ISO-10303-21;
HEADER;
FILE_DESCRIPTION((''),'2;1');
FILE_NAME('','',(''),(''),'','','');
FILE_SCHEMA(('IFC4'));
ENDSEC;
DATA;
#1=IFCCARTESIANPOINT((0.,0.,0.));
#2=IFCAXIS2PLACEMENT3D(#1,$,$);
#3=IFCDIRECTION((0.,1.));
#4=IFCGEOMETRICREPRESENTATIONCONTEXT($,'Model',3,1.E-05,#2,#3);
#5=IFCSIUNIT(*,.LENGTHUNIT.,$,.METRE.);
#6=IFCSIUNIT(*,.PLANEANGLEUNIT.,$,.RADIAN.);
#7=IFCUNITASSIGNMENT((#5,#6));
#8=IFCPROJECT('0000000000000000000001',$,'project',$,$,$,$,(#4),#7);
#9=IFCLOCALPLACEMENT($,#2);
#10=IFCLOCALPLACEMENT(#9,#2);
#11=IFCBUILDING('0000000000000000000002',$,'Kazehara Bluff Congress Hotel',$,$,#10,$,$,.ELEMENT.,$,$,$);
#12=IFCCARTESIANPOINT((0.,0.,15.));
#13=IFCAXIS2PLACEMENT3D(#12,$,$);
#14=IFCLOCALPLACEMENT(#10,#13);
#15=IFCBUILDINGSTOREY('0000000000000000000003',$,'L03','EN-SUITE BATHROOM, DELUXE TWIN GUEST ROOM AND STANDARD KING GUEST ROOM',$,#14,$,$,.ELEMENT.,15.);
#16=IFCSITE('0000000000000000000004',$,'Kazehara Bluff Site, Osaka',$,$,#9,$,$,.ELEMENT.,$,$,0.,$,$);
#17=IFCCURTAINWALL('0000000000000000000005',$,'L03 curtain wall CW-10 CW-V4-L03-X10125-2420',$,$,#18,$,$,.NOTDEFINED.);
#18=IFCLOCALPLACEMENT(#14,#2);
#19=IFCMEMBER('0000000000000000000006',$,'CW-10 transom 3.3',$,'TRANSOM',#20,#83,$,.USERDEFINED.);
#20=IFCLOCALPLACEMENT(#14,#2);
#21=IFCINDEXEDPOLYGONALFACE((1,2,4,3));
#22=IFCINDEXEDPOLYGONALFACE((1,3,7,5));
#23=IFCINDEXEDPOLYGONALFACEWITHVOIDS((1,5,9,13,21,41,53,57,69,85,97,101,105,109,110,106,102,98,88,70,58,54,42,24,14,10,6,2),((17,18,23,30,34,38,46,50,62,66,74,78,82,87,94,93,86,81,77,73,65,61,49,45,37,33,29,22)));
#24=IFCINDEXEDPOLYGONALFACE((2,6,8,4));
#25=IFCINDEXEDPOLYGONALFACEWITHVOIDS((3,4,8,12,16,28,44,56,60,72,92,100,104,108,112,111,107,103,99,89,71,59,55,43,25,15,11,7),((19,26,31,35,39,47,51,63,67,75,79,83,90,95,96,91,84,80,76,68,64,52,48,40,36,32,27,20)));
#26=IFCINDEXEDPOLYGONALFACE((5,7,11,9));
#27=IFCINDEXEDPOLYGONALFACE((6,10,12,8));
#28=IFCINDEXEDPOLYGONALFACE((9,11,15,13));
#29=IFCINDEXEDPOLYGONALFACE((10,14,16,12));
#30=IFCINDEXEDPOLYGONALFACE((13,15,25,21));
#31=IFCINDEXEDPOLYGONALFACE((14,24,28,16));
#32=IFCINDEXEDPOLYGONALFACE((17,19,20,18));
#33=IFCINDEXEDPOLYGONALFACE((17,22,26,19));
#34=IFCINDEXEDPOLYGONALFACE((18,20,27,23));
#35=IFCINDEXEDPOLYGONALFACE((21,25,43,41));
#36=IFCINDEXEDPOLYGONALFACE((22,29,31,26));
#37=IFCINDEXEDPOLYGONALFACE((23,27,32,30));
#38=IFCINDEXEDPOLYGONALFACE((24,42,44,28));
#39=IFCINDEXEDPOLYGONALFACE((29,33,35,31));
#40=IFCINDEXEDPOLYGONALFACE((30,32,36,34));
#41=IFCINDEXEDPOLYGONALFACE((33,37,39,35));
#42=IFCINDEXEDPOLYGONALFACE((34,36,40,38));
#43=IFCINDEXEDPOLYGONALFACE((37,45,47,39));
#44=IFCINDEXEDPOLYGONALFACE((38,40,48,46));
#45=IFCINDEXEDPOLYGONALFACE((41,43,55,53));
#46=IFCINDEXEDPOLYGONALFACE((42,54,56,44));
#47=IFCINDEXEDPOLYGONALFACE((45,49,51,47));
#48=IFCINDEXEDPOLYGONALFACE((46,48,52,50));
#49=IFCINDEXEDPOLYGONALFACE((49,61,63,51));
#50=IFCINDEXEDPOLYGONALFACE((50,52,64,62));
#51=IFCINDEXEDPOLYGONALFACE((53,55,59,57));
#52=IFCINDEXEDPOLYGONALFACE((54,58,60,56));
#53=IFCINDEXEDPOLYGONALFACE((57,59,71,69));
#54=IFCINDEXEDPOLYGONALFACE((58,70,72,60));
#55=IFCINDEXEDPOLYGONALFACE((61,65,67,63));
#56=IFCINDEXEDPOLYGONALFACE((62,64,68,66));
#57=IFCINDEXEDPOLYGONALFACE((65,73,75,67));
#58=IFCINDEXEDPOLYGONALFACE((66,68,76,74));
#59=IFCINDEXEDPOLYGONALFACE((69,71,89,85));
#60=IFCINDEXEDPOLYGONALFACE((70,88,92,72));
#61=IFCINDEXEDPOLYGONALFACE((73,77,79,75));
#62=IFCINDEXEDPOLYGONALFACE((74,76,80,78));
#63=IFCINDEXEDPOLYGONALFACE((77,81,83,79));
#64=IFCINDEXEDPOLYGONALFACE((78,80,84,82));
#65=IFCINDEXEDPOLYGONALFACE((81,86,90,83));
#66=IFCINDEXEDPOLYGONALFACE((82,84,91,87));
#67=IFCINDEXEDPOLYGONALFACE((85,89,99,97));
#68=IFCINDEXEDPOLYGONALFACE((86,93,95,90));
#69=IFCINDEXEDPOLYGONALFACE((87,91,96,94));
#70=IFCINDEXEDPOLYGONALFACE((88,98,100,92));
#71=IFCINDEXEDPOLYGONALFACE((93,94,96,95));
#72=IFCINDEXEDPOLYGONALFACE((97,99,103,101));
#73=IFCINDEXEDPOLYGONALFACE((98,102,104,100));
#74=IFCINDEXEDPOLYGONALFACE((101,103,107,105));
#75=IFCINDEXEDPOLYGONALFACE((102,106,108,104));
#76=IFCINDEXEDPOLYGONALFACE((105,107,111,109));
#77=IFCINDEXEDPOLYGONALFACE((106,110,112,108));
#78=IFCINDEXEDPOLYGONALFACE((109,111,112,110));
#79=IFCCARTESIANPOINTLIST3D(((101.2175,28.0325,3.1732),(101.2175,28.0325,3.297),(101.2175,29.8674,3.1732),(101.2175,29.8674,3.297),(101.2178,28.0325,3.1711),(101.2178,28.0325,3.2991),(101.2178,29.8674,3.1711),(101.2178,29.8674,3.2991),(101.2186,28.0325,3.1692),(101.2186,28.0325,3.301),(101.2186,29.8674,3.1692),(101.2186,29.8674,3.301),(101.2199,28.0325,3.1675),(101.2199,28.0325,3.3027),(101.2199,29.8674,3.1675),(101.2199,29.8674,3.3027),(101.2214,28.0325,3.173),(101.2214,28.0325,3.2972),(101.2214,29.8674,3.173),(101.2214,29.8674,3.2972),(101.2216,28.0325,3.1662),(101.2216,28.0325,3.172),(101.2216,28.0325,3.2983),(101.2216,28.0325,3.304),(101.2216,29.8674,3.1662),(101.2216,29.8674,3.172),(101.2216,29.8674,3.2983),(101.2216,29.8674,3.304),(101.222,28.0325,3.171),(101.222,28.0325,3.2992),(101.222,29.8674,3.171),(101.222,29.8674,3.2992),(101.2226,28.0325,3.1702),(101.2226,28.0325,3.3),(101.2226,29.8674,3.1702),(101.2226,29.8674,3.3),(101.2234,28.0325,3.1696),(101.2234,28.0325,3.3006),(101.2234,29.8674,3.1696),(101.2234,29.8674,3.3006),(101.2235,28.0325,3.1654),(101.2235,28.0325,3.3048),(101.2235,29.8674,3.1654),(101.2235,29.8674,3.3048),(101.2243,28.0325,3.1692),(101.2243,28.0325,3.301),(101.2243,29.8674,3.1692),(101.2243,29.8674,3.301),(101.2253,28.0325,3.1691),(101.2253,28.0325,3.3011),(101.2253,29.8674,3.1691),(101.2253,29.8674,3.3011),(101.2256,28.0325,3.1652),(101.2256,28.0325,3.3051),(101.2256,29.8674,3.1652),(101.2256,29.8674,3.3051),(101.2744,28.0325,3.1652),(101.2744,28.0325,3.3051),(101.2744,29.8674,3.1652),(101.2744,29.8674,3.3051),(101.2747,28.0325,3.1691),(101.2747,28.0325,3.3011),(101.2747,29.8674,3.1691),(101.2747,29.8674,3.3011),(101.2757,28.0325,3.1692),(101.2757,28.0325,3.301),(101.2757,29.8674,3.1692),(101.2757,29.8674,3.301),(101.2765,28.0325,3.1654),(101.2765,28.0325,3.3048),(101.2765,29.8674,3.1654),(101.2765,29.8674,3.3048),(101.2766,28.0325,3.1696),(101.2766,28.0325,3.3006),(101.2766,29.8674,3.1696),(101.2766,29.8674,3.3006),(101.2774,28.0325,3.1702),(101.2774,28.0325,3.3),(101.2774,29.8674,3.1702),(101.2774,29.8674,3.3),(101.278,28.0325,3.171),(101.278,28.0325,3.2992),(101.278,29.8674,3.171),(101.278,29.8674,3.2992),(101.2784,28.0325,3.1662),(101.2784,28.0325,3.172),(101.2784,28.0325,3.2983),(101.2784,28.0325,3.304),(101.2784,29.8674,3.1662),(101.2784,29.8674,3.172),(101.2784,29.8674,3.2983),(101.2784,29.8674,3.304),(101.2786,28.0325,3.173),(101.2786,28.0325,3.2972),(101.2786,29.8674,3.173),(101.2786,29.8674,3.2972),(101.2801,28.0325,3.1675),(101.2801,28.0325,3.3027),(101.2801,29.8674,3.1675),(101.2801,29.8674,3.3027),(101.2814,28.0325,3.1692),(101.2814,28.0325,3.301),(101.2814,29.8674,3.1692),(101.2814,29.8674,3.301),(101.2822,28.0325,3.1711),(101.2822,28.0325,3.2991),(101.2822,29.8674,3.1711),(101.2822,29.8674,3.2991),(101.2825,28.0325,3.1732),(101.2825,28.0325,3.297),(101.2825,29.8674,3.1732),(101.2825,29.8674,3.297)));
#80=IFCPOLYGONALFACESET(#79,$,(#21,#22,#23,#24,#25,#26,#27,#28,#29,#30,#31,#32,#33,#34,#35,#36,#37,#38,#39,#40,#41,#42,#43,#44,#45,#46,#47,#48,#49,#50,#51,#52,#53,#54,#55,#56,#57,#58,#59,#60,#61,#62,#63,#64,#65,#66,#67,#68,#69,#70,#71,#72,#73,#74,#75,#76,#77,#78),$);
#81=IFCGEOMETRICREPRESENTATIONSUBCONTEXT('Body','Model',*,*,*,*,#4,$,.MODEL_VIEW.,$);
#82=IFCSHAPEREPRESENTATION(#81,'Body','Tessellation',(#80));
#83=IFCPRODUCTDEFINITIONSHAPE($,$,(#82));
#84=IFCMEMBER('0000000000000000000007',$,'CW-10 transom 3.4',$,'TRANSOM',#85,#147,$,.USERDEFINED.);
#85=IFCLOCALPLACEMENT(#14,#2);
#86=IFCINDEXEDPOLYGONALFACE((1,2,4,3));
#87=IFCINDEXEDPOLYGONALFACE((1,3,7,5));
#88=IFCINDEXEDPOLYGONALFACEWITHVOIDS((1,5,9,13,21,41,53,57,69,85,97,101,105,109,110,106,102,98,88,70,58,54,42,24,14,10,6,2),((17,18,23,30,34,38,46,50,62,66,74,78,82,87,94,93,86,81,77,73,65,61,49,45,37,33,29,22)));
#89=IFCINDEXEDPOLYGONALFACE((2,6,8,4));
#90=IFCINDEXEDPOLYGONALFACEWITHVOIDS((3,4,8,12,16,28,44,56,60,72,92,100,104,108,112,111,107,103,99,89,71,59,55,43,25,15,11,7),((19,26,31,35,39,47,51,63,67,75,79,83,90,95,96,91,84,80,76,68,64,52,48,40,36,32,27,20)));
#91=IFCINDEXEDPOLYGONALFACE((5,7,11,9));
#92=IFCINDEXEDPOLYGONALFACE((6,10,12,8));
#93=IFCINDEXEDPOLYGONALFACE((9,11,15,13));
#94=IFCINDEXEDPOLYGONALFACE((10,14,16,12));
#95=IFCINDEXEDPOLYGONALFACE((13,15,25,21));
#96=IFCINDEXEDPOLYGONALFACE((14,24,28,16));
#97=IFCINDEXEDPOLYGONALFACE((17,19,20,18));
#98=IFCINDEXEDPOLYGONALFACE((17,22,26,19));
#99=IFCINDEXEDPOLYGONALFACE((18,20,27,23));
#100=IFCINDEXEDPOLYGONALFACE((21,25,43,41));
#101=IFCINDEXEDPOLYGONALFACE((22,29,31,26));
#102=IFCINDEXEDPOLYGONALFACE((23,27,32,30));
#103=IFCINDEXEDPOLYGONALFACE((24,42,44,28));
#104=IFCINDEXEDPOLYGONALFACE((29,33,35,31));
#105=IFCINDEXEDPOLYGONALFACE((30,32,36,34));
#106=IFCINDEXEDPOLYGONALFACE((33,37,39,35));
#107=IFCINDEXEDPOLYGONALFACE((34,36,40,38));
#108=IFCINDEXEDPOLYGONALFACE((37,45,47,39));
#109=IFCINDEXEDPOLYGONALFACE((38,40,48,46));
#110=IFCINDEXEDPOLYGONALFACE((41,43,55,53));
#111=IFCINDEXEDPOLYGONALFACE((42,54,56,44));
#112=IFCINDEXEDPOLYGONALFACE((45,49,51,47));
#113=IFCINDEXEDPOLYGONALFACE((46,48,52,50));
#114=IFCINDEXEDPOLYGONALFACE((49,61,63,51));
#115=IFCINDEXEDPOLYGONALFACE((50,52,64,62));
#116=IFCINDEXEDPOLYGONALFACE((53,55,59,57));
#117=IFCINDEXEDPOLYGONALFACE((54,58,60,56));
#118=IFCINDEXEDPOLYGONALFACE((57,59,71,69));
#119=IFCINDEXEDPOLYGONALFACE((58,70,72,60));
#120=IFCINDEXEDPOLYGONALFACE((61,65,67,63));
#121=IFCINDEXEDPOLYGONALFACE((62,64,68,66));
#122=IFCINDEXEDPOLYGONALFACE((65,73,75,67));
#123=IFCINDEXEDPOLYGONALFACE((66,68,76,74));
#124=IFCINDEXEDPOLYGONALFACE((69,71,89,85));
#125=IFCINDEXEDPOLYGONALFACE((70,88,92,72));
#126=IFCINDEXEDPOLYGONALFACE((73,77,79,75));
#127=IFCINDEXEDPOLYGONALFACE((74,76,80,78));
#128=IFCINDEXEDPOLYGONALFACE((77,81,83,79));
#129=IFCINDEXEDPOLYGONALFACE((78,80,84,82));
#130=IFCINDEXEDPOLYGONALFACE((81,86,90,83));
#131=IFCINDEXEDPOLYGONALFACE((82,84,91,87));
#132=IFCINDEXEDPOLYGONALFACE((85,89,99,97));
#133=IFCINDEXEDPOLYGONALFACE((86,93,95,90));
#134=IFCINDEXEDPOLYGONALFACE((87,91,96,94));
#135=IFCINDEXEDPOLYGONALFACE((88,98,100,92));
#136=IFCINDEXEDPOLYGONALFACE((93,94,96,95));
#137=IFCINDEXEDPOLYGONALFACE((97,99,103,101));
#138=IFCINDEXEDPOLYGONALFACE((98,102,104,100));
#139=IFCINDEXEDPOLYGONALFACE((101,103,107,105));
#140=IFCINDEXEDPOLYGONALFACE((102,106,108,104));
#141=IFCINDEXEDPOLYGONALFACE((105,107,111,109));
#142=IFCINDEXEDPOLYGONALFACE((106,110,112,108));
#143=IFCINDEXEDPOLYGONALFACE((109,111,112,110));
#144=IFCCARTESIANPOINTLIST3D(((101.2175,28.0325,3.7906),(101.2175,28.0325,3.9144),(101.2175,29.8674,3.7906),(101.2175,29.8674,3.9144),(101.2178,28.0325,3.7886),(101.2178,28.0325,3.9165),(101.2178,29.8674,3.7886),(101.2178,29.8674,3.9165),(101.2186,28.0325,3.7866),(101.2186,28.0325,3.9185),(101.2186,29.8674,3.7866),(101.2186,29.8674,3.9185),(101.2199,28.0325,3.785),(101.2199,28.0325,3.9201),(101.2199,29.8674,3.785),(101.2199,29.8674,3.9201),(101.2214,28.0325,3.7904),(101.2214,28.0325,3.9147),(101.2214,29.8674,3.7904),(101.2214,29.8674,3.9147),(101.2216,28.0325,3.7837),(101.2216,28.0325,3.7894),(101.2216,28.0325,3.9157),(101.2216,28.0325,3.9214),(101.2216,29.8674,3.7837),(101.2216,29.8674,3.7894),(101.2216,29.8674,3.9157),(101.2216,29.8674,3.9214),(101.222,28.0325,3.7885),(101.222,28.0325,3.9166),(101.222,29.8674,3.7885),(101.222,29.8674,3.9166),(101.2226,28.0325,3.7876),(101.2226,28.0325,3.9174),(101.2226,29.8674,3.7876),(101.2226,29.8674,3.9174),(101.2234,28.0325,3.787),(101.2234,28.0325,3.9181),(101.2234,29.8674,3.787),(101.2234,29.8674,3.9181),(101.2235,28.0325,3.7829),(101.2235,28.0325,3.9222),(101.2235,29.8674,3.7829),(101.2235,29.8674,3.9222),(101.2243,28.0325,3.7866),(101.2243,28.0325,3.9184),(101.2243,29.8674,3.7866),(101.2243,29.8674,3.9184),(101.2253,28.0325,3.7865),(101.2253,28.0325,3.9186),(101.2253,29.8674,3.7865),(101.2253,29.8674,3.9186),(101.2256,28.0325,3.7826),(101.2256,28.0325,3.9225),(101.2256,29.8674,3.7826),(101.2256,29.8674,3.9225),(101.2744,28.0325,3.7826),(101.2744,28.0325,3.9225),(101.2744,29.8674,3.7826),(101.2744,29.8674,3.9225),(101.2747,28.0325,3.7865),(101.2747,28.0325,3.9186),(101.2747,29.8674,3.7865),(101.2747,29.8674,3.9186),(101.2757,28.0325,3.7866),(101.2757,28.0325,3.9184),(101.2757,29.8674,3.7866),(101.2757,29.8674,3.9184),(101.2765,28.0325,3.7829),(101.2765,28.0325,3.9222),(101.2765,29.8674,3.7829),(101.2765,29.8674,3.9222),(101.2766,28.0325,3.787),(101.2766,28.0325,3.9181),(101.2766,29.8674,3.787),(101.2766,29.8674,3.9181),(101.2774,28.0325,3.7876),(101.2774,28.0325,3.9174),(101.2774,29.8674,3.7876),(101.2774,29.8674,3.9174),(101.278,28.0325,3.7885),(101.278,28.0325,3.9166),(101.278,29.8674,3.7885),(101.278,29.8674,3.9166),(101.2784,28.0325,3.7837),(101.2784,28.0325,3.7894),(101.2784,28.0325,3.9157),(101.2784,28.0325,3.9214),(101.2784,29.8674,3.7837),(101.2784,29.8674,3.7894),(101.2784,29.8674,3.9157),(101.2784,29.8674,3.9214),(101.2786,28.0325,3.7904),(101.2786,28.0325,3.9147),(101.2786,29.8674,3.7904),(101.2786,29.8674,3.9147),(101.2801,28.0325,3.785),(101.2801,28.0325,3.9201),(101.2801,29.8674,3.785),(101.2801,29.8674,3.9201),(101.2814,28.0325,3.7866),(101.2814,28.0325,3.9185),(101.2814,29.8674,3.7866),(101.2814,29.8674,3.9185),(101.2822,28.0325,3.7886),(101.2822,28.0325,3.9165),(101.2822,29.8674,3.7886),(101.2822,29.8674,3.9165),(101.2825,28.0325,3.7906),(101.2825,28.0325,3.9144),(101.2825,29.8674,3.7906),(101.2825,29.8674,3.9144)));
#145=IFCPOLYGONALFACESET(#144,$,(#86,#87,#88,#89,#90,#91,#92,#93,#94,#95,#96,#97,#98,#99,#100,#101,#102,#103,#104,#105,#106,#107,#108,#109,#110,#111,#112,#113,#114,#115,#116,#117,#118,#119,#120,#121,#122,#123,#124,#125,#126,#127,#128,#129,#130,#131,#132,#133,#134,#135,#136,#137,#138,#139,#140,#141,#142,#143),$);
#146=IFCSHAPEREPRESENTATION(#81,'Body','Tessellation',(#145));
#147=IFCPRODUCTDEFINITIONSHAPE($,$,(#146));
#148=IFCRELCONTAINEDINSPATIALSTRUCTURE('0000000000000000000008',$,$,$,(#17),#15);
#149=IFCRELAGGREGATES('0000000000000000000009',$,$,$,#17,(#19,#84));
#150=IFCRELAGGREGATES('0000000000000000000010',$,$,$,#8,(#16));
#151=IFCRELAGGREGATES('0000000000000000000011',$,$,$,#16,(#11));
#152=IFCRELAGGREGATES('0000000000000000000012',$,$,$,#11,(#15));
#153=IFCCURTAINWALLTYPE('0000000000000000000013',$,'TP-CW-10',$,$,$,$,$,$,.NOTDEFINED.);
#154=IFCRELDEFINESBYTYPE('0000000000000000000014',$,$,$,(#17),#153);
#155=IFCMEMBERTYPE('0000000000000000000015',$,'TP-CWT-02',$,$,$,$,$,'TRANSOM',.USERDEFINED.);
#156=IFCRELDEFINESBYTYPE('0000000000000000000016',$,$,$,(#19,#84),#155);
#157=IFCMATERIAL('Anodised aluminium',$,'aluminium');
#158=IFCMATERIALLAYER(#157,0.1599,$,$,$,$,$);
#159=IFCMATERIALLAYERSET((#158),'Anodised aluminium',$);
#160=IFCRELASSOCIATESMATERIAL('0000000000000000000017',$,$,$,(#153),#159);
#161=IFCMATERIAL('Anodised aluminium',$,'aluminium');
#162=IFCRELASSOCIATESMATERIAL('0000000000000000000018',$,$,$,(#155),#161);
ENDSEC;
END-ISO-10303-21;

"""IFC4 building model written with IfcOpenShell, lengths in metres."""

from ifc_helpers import new_model, si_unit, direction, frame, origin, origin_2d, place, context, subcontext, project, spatial, hollow_rectangle, extrude, material, layer, layer_set, material_profile, profile_set, type_object, element, aggregate, save


model = new_model("IFC4")

# Units and contexts
model_context = context("Model", 3, precision=1e-05, world=origin(), true_north=direction((0.0, 1.0)))
body_context = subcontext(model_context, "Body", "Model", "MODEL_VIEW")
ifc_project = project(units=[si_unit("LENGTHUNIT", "METRE"), si_unit("PLANEANGLEUNIT", "RADIAN")], contexts=[model_context])

# Site, building, storey
site_placement = place(None, origin())
site = spatial("IfcSite", under=ifc_project, at=site_placement, Name="Kazehara Bluff Site, Osaka", CompositionType="ELEMENT", RefElevation=0.0)
building_placement = place(site_placement, origin())
building = spatial("IfcBuilding", under=site, at=building_placement, Name="Kazehara Bluff Congress Hotel", CompositionType="ELEMENT")
storey_placement = place(building_placement, frame((0.0, 0.0, 15.0)))
storey = spatial("IfcBuildingStorey", under=building, at=storey_placement, Name="L03", Description="EN-SUITE BATHROOM, DELUXE TWIN GUEST ROOM AND STANDARD KING GUEST ROOM", CompositionType="ELEMENT", Elevation=15.0)

# Curtain wall, members
ifc_material_1 = material(Name="Anodised aluminium", Category="aluminium")
ifc_layer_1 = layer(ifc_material_1, 0.1599)
ifc_layer_set_1 = layer_set([ifc_layer_1], Name="Anodised aluminium")
curtain_wall_type = type_object("IfcCurtainWallType", Name="TP-CW-10", PredefinedType="NOTDEFINED", material=ifc_layer_set_1)
curtain_wall_placement = place(storey_placement, origin())
curtain_wall = element("IfcCurtainWall", 1, at=curtain_wall_placement, inside=storey, type_object=curtain_wall_type, Name="L03 curtain wall CW-10 CW-V4-L03-X10125-2420", PredefinedType="NOTDEFINED")
ifc_material_2 = material(Name="Anodised aluminium", Category="aluminium")
ifc_material_profile_1 = material_profile(ifc_material_2, hollow_rectangle(XDim=0.0649, YDim=0.1399, WallThickness=0.0039, InnerFilletRadius=0.0039, OuterFilletRadius=0.0081, at=origin_2d()))
ifc_profile_set_1 = profile_set([ifc_material_profile_1], Name="Anodised aluminium")
member_type_1 = type_object("IfcMemberType", Name="TP-CWT-02", ElementType="TRANSOM", PredefinedType="USERDEFINED", material=ifc_profile_set_1)
member_1_placement = place(storey_placement, frame((101.25, 28.0325, 3.2351), z_axis=(0.0, 1.0, 0.0), x_axis=(-1.0, 0.0, 0.0)))
member_1 = element("IfcMember", 2, at=member_1_placement, type_object=member_type_1, Name="CW-10 transom 3.3", ObjectType="TRANSOM", PredefinedType="USERDEFINED", context=body_context, shape_type="SweptSolid", body=[
    extrude(hollow_rectangle(XDim=0.0649, YDim=0.1399, WallThickness=0.0039, InnerFilletRadius=0.0039, OuterFilletRadius=0.0081, at=origin_2d()), origin(), (0.0, 0.0, 1.0), 1.835),
])
member_2_placement = place(storey_placement, frame((101.25, 28.0325, 3.8525), z_axis=(0.0, 1.0, 0.0), x_axis=(-1.0, 0.0, 0.0)))
member_2 = element("IfcMember", 3, at=member_2_placement, type_object=member_type_1, Name="CW-10 transom 3.4", ObjectType="TRANSOM", PredefinedType="USERDEFINED", context=body_context, shape_type="SweptSolid", body=[
    extrude(hollow_rectangle(XDim=0.0649, YDim=0.1399, WallThickness=0.0039, InnerFilletRadius=0.0039, OuterFilletRadius=0.0081, at=origin_2d()), origin(), (0.0, 0.0, 1.0), 1.835),
])

aggregate(curtain_wall, [member_1, member_2])

save(model, "model.ifc")
